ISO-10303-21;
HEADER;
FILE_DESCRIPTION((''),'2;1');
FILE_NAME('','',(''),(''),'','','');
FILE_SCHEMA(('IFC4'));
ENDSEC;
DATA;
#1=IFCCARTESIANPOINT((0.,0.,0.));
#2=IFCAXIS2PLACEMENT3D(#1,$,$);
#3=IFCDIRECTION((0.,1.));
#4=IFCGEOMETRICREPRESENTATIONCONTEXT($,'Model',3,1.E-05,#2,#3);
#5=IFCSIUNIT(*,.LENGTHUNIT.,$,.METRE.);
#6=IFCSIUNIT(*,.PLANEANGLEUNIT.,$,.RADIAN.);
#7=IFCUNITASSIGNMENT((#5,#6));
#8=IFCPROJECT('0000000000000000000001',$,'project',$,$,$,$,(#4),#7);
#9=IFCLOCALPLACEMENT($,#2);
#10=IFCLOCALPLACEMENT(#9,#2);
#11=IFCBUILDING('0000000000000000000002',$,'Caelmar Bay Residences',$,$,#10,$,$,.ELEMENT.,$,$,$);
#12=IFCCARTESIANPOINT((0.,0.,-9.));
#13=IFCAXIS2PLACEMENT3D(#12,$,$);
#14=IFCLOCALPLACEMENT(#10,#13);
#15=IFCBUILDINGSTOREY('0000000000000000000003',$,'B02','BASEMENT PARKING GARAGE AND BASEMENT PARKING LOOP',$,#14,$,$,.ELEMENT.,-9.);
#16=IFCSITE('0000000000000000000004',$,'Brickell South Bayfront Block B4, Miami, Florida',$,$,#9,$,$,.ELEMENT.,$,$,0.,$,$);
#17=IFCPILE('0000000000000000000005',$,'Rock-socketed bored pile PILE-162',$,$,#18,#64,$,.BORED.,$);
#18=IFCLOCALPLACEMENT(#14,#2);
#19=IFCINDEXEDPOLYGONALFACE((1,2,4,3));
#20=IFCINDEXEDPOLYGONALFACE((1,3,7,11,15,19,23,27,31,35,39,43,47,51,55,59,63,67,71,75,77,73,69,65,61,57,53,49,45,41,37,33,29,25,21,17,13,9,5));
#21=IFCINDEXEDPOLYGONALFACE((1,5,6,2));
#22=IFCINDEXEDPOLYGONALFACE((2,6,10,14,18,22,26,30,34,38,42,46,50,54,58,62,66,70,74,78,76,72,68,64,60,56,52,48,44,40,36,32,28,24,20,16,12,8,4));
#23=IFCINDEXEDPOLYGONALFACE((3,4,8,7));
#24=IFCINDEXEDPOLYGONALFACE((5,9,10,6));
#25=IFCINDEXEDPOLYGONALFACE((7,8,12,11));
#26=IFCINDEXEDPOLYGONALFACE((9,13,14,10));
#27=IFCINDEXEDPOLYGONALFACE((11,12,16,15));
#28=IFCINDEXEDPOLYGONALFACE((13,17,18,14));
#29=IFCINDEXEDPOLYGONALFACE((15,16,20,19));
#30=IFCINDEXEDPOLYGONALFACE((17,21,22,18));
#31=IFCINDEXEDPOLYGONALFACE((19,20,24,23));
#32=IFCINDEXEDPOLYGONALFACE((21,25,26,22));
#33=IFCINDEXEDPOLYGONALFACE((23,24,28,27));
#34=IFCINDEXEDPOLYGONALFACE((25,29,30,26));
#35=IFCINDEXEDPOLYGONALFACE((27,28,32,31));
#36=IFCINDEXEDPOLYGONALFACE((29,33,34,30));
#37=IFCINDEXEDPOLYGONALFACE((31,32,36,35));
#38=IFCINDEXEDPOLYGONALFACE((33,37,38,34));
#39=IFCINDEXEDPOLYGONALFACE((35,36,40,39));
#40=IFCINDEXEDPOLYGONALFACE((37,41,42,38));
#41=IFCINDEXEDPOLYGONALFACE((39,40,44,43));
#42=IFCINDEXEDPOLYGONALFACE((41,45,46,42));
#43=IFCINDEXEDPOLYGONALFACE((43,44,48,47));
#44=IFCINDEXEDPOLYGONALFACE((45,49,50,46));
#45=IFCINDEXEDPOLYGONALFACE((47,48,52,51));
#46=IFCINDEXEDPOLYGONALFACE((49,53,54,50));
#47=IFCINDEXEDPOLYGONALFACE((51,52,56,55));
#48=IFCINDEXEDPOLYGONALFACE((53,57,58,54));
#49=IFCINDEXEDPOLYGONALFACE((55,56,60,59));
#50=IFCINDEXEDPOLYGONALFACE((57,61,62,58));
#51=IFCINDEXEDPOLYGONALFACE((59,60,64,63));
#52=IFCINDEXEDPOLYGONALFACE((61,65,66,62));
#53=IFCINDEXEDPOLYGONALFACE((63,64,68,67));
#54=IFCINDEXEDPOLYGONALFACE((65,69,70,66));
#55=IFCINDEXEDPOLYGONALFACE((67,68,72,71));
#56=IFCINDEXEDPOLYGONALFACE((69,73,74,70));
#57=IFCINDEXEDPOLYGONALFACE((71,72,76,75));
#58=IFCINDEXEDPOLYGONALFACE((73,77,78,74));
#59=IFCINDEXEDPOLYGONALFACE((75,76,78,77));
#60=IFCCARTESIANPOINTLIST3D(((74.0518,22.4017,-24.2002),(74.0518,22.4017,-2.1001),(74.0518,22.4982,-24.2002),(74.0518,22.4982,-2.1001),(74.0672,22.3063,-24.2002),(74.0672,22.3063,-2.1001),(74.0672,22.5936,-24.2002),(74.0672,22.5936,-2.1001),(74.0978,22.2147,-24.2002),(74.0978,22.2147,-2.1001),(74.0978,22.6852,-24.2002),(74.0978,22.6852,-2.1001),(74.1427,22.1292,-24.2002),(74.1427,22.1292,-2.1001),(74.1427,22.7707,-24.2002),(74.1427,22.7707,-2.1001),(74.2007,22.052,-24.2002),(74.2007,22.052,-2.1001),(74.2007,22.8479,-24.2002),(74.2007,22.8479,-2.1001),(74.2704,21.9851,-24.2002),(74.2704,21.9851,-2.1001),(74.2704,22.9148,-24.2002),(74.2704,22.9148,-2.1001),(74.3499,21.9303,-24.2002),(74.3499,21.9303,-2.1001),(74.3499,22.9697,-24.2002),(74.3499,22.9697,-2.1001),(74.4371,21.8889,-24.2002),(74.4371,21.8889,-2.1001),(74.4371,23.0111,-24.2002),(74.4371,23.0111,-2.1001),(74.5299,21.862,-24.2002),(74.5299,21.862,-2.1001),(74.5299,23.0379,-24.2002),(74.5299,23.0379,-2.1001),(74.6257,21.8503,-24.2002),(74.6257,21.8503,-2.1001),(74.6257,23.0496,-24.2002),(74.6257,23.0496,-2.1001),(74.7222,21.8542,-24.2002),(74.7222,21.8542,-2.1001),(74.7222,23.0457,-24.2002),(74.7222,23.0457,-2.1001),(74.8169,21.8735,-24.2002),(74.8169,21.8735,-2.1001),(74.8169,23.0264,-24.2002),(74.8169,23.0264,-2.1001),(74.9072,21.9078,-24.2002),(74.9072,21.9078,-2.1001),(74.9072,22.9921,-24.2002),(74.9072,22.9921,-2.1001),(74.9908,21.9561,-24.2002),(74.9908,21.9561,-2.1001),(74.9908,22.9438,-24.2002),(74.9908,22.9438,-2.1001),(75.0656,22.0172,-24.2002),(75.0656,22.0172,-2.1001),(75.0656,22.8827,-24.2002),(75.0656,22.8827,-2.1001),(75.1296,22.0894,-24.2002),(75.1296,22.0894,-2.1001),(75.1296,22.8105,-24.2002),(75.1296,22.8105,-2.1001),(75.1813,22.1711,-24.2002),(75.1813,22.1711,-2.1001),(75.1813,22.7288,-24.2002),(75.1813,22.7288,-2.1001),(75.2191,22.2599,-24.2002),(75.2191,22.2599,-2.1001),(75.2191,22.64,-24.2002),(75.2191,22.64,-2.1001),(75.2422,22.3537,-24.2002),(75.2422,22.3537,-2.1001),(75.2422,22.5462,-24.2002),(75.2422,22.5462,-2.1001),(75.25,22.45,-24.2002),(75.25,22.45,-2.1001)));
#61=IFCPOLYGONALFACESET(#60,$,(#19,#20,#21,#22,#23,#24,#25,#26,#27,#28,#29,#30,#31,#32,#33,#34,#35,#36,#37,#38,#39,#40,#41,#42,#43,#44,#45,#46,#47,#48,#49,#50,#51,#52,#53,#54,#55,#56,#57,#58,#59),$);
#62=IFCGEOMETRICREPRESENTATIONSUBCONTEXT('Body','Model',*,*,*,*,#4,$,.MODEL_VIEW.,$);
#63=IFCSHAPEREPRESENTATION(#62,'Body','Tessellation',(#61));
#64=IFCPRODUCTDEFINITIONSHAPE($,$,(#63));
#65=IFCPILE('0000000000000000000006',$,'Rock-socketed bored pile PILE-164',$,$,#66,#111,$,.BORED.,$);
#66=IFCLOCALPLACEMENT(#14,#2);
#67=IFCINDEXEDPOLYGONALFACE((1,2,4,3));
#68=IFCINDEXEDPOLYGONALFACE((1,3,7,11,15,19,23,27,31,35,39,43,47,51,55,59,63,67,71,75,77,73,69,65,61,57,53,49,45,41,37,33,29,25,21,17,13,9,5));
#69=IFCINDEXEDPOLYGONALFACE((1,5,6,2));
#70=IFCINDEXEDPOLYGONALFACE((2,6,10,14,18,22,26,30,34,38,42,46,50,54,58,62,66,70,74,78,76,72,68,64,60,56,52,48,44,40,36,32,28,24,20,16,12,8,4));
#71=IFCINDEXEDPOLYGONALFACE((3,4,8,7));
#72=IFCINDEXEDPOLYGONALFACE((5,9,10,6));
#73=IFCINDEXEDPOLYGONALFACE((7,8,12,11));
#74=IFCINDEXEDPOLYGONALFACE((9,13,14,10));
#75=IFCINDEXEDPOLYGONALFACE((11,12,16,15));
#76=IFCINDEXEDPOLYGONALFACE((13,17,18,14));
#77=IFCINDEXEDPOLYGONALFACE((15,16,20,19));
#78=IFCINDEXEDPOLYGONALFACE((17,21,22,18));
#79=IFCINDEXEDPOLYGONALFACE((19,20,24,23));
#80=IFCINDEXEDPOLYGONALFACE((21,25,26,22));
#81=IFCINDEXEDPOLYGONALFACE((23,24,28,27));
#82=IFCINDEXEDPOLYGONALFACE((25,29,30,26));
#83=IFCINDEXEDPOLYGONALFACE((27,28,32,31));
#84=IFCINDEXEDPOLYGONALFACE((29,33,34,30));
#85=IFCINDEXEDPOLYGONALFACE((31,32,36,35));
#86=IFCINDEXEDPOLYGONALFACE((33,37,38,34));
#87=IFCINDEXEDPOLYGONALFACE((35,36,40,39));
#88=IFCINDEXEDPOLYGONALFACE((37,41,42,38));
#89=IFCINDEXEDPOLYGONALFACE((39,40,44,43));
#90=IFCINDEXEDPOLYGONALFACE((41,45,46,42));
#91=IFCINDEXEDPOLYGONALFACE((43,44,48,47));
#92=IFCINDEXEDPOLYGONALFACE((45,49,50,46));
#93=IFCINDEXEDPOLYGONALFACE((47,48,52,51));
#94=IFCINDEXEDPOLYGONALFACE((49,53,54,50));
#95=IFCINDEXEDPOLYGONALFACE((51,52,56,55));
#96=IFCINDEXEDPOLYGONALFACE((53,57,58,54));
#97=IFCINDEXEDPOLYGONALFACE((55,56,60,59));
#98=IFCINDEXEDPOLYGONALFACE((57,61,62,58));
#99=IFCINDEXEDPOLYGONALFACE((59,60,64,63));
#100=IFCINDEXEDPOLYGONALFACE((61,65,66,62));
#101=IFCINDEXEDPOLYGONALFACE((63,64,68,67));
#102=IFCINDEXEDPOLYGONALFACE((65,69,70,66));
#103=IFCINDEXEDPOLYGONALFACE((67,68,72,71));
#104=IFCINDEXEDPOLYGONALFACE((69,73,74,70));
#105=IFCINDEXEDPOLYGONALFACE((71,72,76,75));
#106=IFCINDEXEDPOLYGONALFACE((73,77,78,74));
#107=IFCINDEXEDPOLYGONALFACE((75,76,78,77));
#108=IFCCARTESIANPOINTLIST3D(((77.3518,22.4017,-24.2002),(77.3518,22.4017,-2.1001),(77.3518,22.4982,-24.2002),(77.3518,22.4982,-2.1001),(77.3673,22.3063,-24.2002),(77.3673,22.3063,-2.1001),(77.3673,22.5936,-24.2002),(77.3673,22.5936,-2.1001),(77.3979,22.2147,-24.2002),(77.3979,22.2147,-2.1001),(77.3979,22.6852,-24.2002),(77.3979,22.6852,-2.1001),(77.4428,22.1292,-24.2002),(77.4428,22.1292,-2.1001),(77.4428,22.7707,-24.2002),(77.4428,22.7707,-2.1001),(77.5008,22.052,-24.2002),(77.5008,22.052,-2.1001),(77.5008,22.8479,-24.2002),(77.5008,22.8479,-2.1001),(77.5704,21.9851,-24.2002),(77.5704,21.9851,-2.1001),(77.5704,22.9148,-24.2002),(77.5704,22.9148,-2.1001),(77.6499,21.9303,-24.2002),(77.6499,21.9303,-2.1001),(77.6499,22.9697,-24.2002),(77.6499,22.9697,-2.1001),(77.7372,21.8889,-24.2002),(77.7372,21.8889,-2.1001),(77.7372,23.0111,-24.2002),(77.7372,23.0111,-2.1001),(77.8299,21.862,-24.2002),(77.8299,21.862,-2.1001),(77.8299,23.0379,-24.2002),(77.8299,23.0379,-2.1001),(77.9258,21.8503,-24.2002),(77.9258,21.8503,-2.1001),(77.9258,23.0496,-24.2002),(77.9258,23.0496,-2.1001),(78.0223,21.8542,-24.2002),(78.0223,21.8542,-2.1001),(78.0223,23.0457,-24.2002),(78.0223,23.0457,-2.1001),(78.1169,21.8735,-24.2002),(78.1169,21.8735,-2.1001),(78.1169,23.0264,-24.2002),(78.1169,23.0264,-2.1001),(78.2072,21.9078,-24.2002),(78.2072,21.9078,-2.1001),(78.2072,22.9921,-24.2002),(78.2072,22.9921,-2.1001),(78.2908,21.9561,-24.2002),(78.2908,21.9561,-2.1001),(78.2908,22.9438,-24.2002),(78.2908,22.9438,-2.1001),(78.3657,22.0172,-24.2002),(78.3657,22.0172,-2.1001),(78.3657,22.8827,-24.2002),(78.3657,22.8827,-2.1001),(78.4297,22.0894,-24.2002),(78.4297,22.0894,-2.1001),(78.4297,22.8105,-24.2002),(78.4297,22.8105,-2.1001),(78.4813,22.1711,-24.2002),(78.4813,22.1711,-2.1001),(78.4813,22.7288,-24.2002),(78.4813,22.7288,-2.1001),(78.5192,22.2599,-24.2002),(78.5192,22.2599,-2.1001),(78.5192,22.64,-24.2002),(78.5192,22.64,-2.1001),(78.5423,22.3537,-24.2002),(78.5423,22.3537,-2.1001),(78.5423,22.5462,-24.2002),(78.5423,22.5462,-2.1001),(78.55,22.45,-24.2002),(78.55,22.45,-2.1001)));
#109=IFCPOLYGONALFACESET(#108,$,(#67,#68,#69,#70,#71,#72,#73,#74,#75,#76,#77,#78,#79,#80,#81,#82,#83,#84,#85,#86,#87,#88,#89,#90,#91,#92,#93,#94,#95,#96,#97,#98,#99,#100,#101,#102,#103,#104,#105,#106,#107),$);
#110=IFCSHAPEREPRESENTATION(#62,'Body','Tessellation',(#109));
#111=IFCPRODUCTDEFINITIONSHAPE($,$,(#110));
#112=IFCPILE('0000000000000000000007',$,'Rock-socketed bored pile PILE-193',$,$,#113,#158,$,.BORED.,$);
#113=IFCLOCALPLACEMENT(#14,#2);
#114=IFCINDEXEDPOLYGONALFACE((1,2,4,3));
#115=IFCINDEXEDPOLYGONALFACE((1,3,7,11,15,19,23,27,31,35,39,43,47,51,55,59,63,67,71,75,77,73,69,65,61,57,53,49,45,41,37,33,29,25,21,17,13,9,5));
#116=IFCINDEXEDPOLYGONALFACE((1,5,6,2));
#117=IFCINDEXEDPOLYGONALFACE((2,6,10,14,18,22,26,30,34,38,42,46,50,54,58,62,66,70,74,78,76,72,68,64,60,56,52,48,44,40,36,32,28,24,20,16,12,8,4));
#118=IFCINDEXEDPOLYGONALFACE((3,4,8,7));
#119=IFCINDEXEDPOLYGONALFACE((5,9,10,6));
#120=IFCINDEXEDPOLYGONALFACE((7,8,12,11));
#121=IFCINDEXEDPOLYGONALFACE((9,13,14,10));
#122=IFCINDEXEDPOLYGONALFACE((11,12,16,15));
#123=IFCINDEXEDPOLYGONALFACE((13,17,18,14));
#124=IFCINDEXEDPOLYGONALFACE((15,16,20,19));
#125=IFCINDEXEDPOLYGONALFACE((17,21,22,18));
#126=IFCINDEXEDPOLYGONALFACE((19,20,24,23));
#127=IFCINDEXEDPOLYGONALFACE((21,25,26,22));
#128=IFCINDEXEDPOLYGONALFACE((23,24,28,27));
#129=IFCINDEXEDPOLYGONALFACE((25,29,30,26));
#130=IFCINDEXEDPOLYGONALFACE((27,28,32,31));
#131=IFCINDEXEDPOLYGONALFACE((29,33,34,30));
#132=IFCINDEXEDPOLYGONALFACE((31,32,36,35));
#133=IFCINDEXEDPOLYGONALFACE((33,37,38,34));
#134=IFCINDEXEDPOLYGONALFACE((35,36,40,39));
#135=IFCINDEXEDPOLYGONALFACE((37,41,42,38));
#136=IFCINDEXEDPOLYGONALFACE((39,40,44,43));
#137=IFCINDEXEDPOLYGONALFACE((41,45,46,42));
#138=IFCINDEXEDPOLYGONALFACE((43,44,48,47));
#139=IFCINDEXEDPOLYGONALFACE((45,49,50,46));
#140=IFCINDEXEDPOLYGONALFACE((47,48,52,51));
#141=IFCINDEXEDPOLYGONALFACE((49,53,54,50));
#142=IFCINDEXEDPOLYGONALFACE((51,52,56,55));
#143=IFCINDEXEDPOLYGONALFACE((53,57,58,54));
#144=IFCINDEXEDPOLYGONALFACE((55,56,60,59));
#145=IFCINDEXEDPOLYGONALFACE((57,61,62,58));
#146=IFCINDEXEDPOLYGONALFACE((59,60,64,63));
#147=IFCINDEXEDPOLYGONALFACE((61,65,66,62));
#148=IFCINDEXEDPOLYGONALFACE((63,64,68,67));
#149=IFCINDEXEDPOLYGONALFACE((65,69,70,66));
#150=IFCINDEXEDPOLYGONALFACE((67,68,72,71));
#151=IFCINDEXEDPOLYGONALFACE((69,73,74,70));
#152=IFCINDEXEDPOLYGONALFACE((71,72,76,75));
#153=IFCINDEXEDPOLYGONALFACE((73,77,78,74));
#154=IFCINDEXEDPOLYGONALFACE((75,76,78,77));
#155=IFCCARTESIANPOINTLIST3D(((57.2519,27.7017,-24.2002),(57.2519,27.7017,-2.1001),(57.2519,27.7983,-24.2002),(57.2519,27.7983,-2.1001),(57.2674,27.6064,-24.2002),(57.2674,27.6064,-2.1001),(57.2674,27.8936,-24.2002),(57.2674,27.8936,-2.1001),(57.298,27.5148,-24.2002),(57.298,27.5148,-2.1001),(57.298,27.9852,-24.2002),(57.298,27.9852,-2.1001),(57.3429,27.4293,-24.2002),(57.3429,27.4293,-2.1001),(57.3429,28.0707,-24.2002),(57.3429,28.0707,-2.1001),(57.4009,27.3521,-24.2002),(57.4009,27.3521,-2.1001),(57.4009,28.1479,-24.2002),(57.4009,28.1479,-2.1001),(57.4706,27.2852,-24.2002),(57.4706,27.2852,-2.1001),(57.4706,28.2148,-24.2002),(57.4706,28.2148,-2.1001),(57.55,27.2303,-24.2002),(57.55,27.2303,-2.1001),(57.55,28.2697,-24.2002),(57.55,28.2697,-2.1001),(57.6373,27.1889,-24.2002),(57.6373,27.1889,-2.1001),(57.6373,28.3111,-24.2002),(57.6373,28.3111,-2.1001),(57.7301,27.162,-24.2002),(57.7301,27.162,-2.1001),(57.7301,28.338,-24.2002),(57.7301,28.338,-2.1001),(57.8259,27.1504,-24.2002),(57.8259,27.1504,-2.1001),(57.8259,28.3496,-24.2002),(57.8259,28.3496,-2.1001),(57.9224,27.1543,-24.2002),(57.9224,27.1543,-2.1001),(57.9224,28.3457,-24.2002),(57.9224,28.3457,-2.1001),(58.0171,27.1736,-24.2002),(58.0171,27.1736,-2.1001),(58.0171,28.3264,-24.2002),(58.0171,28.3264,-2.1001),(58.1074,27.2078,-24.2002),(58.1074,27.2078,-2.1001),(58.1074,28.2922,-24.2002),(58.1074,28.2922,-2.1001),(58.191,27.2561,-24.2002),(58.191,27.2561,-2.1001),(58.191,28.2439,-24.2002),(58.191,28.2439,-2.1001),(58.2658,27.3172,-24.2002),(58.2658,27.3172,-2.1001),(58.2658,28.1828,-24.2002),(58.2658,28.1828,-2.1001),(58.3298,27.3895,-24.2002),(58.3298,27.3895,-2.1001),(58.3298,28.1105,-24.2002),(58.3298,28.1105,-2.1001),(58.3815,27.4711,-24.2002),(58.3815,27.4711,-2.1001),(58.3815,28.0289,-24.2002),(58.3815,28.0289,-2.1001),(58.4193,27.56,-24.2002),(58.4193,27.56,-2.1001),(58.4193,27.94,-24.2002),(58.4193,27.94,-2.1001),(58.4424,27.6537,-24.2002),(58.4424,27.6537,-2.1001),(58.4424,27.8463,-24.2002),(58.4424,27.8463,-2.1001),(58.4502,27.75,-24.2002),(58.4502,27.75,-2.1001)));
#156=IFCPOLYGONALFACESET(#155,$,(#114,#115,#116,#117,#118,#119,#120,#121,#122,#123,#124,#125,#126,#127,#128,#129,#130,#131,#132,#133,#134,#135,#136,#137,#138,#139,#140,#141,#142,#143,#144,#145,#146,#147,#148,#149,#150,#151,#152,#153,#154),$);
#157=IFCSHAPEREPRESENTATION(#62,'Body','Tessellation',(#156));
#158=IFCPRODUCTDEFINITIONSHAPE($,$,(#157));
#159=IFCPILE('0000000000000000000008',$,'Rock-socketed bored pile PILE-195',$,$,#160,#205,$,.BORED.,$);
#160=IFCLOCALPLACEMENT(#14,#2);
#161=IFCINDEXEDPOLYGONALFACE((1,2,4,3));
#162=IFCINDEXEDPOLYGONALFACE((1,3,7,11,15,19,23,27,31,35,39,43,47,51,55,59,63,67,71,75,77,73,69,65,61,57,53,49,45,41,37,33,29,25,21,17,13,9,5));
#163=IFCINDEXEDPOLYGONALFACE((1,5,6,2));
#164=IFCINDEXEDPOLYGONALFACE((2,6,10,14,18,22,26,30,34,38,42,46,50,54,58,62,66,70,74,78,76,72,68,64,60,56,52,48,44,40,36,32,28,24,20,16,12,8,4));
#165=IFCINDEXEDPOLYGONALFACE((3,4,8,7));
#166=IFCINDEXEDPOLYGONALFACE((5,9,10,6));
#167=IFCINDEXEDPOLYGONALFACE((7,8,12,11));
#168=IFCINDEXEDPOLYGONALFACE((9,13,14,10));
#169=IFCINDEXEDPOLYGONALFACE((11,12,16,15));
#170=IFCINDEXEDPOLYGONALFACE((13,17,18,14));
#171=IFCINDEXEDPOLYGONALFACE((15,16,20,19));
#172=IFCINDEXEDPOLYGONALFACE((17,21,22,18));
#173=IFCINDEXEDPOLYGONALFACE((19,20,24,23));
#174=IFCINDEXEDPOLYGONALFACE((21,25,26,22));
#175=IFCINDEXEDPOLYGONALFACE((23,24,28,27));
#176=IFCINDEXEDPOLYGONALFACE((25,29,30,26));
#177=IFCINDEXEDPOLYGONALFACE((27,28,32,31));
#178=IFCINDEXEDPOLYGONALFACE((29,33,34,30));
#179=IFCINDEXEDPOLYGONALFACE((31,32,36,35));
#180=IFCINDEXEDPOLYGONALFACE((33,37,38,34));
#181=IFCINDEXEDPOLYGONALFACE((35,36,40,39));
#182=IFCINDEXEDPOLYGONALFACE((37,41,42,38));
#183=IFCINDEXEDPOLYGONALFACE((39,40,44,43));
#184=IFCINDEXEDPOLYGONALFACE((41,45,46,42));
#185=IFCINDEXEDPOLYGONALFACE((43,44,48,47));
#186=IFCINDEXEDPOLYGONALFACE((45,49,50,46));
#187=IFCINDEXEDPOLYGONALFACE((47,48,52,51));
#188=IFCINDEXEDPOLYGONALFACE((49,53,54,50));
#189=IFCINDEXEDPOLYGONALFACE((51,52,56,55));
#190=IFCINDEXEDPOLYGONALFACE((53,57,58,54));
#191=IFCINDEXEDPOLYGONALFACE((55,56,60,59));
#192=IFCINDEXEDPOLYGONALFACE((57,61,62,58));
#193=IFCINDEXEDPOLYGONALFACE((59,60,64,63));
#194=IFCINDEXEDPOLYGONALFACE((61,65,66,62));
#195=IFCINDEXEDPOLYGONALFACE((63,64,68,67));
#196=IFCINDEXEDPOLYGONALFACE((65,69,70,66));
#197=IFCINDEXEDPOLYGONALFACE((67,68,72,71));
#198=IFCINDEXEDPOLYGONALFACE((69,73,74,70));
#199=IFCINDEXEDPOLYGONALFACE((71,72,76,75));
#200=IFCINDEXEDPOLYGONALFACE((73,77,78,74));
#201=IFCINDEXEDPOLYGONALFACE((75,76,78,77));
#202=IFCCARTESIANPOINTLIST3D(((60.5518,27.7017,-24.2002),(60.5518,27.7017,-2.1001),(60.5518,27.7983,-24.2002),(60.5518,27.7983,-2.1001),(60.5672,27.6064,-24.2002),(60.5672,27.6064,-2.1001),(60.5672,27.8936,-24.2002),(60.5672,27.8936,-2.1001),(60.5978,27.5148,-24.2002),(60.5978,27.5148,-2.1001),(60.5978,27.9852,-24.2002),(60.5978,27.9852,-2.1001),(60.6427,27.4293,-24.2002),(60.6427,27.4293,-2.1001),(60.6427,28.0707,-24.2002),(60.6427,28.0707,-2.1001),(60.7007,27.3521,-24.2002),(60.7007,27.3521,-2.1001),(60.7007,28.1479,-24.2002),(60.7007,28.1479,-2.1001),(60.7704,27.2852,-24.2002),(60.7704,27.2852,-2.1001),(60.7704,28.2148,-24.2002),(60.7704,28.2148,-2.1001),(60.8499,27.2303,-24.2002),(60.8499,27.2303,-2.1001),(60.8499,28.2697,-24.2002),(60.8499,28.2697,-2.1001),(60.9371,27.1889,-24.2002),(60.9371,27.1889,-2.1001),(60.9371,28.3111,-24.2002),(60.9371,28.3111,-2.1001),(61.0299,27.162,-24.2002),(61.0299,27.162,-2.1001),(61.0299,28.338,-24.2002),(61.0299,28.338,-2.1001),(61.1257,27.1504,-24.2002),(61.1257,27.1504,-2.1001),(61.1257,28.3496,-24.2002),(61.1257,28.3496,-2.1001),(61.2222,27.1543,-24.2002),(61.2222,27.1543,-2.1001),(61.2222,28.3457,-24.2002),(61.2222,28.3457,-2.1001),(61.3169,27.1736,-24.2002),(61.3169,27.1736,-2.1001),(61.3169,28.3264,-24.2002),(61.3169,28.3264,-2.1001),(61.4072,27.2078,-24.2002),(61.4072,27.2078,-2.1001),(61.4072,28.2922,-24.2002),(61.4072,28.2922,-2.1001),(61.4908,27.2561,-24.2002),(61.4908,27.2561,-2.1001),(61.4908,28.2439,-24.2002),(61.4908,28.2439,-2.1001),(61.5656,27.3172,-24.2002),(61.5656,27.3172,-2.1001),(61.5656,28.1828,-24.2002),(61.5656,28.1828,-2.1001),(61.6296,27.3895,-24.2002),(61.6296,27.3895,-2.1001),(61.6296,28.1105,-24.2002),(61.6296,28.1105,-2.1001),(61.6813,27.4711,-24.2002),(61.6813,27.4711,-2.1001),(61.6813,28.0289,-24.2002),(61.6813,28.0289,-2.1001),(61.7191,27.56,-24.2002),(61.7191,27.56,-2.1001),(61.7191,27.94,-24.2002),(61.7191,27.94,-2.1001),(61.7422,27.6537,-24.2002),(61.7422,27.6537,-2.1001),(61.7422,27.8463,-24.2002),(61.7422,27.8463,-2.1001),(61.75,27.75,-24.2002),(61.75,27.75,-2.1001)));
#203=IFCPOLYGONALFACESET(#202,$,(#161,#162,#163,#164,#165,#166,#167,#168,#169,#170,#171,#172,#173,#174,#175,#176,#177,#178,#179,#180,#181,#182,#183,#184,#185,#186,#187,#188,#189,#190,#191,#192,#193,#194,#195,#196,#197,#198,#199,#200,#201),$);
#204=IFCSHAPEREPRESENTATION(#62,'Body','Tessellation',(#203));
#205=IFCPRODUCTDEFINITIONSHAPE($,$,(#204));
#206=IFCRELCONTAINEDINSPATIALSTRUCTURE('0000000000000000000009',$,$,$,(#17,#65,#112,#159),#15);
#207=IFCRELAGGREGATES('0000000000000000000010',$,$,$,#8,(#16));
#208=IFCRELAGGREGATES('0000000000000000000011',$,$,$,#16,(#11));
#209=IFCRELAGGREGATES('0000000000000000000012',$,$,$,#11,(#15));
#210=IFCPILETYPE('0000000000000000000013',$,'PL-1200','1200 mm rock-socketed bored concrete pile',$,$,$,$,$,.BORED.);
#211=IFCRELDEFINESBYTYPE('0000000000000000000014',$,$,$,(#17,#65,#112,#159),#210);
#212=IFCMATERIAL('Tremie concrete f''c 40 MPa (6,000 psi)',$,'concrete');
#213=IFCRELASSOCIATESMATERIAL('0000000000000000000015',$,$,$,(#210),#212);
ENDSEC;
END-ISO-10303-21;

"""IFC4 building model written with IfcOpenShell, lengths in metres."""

from ifc_helpers import new_model, si_unit, direction, frame, origin, origin_2d, place, context, subcontext, project, spatial, circle, extrude, material, material_profile, profile_set, type_object, element, save


model = new_model("IFC4")

# Units and contexts
model_context = context("Model", 3, precision=1e-05, world=origin(), true_north=direction((0.0, 1.0)))
body_context = subcontext(model_context, "Body", "Model", "MODEL_VIEW")
ifc_project = project(units=[si_unit("LENGTHUNIT", "METRE"), si_unit("PLANEANGLEUNIT", "RADIAN")], contexts=[model_context])

# Site, building, storey
site_placement = place(None, origin())
site = spatial("IfcSite", under=ifc_project, at=site_placement, Name="Brickell South Bayfront Block B4, Miami, Florida", CompositionType="ELEMENT", RefElevation=0.0)
building_placement = place(site_placement, origin())
building = spatial("IfcBuilding", under=site, at=building_placement, Name="Caelmar Bay Residences", CompositionType="ELEMENT")
storey_placement = place(building_placement, frame((0.0, 0.0, -9.0)))
storey = spatial("IfcBuildingStorey", under=building, at=storey_placement, Name="B02", Description="BASEMENT PARKING GARAGE AND BASEMENT PARKING LOOP", CompositionType="ELEMENT", Elevation=-9.0)

# Piles
ifc_material_1 = material(Name="Tremie concrete f'c 40 MPa (6,000 psi)", Category="concrete")
ifc_material_profile_1 = material_profile(ifc_material_1, circle(Radius=0.6001, at=origin_2d()), Name="PILE-1200D")
ifc_profile_set_1 = profile_set([ifc_material_profile_1], Name="Tremie concrete f'c 40 MPa (6,000 psi)")
pile_type = type_object("IfcPileType", Name="PL-1200", Description="1200 mm rock-socketed bored concrete pile", PredefinedType="BORED", material=ifc_profile_set_1)
for number, where, z_axis, x_axis, name in (
    (1, (74.6499, 22.45, -2.1001), (0.0, 0.0, -1.0), (1.0, 0.0, 0.0), "Rock-socketed bored pile PILE-162"),
    (2, (77.95, 22.45, -2.1001), (0.0, 0.0, -1.0), (1.0, 0.0, 0.0), "Rock-socketed bored pile PILE-164"),
    (3, (57.8501, 27.75, -2.1001), (0.0, 0.0, -1.0), (1.0, 0.0, 0.0), "Rock-socketed bored pile PILE-193"),
    (4, (61.1499, 27.75, -2.1001), (0.0, 0.0, -1.0), (1.0, 0.0, 0.0), "Rock-socketed bored pile PILE-195"),
):
    element("IfcPile", number, at=place(storey_placement, frame(where, z_axis=z_axis, x_axis=x_axis)), inside=storey, type_object=pile_type, Name=name, PredefinedType="BORED", context=body_context, shape_type="SweptSolid", body=[
        extrude(circle(Radius=0.6001, at=origin_2d()), origin(), (0.0, 0.0, 1.0), 22.1001),
    ])

save(model, "model.ifc")
